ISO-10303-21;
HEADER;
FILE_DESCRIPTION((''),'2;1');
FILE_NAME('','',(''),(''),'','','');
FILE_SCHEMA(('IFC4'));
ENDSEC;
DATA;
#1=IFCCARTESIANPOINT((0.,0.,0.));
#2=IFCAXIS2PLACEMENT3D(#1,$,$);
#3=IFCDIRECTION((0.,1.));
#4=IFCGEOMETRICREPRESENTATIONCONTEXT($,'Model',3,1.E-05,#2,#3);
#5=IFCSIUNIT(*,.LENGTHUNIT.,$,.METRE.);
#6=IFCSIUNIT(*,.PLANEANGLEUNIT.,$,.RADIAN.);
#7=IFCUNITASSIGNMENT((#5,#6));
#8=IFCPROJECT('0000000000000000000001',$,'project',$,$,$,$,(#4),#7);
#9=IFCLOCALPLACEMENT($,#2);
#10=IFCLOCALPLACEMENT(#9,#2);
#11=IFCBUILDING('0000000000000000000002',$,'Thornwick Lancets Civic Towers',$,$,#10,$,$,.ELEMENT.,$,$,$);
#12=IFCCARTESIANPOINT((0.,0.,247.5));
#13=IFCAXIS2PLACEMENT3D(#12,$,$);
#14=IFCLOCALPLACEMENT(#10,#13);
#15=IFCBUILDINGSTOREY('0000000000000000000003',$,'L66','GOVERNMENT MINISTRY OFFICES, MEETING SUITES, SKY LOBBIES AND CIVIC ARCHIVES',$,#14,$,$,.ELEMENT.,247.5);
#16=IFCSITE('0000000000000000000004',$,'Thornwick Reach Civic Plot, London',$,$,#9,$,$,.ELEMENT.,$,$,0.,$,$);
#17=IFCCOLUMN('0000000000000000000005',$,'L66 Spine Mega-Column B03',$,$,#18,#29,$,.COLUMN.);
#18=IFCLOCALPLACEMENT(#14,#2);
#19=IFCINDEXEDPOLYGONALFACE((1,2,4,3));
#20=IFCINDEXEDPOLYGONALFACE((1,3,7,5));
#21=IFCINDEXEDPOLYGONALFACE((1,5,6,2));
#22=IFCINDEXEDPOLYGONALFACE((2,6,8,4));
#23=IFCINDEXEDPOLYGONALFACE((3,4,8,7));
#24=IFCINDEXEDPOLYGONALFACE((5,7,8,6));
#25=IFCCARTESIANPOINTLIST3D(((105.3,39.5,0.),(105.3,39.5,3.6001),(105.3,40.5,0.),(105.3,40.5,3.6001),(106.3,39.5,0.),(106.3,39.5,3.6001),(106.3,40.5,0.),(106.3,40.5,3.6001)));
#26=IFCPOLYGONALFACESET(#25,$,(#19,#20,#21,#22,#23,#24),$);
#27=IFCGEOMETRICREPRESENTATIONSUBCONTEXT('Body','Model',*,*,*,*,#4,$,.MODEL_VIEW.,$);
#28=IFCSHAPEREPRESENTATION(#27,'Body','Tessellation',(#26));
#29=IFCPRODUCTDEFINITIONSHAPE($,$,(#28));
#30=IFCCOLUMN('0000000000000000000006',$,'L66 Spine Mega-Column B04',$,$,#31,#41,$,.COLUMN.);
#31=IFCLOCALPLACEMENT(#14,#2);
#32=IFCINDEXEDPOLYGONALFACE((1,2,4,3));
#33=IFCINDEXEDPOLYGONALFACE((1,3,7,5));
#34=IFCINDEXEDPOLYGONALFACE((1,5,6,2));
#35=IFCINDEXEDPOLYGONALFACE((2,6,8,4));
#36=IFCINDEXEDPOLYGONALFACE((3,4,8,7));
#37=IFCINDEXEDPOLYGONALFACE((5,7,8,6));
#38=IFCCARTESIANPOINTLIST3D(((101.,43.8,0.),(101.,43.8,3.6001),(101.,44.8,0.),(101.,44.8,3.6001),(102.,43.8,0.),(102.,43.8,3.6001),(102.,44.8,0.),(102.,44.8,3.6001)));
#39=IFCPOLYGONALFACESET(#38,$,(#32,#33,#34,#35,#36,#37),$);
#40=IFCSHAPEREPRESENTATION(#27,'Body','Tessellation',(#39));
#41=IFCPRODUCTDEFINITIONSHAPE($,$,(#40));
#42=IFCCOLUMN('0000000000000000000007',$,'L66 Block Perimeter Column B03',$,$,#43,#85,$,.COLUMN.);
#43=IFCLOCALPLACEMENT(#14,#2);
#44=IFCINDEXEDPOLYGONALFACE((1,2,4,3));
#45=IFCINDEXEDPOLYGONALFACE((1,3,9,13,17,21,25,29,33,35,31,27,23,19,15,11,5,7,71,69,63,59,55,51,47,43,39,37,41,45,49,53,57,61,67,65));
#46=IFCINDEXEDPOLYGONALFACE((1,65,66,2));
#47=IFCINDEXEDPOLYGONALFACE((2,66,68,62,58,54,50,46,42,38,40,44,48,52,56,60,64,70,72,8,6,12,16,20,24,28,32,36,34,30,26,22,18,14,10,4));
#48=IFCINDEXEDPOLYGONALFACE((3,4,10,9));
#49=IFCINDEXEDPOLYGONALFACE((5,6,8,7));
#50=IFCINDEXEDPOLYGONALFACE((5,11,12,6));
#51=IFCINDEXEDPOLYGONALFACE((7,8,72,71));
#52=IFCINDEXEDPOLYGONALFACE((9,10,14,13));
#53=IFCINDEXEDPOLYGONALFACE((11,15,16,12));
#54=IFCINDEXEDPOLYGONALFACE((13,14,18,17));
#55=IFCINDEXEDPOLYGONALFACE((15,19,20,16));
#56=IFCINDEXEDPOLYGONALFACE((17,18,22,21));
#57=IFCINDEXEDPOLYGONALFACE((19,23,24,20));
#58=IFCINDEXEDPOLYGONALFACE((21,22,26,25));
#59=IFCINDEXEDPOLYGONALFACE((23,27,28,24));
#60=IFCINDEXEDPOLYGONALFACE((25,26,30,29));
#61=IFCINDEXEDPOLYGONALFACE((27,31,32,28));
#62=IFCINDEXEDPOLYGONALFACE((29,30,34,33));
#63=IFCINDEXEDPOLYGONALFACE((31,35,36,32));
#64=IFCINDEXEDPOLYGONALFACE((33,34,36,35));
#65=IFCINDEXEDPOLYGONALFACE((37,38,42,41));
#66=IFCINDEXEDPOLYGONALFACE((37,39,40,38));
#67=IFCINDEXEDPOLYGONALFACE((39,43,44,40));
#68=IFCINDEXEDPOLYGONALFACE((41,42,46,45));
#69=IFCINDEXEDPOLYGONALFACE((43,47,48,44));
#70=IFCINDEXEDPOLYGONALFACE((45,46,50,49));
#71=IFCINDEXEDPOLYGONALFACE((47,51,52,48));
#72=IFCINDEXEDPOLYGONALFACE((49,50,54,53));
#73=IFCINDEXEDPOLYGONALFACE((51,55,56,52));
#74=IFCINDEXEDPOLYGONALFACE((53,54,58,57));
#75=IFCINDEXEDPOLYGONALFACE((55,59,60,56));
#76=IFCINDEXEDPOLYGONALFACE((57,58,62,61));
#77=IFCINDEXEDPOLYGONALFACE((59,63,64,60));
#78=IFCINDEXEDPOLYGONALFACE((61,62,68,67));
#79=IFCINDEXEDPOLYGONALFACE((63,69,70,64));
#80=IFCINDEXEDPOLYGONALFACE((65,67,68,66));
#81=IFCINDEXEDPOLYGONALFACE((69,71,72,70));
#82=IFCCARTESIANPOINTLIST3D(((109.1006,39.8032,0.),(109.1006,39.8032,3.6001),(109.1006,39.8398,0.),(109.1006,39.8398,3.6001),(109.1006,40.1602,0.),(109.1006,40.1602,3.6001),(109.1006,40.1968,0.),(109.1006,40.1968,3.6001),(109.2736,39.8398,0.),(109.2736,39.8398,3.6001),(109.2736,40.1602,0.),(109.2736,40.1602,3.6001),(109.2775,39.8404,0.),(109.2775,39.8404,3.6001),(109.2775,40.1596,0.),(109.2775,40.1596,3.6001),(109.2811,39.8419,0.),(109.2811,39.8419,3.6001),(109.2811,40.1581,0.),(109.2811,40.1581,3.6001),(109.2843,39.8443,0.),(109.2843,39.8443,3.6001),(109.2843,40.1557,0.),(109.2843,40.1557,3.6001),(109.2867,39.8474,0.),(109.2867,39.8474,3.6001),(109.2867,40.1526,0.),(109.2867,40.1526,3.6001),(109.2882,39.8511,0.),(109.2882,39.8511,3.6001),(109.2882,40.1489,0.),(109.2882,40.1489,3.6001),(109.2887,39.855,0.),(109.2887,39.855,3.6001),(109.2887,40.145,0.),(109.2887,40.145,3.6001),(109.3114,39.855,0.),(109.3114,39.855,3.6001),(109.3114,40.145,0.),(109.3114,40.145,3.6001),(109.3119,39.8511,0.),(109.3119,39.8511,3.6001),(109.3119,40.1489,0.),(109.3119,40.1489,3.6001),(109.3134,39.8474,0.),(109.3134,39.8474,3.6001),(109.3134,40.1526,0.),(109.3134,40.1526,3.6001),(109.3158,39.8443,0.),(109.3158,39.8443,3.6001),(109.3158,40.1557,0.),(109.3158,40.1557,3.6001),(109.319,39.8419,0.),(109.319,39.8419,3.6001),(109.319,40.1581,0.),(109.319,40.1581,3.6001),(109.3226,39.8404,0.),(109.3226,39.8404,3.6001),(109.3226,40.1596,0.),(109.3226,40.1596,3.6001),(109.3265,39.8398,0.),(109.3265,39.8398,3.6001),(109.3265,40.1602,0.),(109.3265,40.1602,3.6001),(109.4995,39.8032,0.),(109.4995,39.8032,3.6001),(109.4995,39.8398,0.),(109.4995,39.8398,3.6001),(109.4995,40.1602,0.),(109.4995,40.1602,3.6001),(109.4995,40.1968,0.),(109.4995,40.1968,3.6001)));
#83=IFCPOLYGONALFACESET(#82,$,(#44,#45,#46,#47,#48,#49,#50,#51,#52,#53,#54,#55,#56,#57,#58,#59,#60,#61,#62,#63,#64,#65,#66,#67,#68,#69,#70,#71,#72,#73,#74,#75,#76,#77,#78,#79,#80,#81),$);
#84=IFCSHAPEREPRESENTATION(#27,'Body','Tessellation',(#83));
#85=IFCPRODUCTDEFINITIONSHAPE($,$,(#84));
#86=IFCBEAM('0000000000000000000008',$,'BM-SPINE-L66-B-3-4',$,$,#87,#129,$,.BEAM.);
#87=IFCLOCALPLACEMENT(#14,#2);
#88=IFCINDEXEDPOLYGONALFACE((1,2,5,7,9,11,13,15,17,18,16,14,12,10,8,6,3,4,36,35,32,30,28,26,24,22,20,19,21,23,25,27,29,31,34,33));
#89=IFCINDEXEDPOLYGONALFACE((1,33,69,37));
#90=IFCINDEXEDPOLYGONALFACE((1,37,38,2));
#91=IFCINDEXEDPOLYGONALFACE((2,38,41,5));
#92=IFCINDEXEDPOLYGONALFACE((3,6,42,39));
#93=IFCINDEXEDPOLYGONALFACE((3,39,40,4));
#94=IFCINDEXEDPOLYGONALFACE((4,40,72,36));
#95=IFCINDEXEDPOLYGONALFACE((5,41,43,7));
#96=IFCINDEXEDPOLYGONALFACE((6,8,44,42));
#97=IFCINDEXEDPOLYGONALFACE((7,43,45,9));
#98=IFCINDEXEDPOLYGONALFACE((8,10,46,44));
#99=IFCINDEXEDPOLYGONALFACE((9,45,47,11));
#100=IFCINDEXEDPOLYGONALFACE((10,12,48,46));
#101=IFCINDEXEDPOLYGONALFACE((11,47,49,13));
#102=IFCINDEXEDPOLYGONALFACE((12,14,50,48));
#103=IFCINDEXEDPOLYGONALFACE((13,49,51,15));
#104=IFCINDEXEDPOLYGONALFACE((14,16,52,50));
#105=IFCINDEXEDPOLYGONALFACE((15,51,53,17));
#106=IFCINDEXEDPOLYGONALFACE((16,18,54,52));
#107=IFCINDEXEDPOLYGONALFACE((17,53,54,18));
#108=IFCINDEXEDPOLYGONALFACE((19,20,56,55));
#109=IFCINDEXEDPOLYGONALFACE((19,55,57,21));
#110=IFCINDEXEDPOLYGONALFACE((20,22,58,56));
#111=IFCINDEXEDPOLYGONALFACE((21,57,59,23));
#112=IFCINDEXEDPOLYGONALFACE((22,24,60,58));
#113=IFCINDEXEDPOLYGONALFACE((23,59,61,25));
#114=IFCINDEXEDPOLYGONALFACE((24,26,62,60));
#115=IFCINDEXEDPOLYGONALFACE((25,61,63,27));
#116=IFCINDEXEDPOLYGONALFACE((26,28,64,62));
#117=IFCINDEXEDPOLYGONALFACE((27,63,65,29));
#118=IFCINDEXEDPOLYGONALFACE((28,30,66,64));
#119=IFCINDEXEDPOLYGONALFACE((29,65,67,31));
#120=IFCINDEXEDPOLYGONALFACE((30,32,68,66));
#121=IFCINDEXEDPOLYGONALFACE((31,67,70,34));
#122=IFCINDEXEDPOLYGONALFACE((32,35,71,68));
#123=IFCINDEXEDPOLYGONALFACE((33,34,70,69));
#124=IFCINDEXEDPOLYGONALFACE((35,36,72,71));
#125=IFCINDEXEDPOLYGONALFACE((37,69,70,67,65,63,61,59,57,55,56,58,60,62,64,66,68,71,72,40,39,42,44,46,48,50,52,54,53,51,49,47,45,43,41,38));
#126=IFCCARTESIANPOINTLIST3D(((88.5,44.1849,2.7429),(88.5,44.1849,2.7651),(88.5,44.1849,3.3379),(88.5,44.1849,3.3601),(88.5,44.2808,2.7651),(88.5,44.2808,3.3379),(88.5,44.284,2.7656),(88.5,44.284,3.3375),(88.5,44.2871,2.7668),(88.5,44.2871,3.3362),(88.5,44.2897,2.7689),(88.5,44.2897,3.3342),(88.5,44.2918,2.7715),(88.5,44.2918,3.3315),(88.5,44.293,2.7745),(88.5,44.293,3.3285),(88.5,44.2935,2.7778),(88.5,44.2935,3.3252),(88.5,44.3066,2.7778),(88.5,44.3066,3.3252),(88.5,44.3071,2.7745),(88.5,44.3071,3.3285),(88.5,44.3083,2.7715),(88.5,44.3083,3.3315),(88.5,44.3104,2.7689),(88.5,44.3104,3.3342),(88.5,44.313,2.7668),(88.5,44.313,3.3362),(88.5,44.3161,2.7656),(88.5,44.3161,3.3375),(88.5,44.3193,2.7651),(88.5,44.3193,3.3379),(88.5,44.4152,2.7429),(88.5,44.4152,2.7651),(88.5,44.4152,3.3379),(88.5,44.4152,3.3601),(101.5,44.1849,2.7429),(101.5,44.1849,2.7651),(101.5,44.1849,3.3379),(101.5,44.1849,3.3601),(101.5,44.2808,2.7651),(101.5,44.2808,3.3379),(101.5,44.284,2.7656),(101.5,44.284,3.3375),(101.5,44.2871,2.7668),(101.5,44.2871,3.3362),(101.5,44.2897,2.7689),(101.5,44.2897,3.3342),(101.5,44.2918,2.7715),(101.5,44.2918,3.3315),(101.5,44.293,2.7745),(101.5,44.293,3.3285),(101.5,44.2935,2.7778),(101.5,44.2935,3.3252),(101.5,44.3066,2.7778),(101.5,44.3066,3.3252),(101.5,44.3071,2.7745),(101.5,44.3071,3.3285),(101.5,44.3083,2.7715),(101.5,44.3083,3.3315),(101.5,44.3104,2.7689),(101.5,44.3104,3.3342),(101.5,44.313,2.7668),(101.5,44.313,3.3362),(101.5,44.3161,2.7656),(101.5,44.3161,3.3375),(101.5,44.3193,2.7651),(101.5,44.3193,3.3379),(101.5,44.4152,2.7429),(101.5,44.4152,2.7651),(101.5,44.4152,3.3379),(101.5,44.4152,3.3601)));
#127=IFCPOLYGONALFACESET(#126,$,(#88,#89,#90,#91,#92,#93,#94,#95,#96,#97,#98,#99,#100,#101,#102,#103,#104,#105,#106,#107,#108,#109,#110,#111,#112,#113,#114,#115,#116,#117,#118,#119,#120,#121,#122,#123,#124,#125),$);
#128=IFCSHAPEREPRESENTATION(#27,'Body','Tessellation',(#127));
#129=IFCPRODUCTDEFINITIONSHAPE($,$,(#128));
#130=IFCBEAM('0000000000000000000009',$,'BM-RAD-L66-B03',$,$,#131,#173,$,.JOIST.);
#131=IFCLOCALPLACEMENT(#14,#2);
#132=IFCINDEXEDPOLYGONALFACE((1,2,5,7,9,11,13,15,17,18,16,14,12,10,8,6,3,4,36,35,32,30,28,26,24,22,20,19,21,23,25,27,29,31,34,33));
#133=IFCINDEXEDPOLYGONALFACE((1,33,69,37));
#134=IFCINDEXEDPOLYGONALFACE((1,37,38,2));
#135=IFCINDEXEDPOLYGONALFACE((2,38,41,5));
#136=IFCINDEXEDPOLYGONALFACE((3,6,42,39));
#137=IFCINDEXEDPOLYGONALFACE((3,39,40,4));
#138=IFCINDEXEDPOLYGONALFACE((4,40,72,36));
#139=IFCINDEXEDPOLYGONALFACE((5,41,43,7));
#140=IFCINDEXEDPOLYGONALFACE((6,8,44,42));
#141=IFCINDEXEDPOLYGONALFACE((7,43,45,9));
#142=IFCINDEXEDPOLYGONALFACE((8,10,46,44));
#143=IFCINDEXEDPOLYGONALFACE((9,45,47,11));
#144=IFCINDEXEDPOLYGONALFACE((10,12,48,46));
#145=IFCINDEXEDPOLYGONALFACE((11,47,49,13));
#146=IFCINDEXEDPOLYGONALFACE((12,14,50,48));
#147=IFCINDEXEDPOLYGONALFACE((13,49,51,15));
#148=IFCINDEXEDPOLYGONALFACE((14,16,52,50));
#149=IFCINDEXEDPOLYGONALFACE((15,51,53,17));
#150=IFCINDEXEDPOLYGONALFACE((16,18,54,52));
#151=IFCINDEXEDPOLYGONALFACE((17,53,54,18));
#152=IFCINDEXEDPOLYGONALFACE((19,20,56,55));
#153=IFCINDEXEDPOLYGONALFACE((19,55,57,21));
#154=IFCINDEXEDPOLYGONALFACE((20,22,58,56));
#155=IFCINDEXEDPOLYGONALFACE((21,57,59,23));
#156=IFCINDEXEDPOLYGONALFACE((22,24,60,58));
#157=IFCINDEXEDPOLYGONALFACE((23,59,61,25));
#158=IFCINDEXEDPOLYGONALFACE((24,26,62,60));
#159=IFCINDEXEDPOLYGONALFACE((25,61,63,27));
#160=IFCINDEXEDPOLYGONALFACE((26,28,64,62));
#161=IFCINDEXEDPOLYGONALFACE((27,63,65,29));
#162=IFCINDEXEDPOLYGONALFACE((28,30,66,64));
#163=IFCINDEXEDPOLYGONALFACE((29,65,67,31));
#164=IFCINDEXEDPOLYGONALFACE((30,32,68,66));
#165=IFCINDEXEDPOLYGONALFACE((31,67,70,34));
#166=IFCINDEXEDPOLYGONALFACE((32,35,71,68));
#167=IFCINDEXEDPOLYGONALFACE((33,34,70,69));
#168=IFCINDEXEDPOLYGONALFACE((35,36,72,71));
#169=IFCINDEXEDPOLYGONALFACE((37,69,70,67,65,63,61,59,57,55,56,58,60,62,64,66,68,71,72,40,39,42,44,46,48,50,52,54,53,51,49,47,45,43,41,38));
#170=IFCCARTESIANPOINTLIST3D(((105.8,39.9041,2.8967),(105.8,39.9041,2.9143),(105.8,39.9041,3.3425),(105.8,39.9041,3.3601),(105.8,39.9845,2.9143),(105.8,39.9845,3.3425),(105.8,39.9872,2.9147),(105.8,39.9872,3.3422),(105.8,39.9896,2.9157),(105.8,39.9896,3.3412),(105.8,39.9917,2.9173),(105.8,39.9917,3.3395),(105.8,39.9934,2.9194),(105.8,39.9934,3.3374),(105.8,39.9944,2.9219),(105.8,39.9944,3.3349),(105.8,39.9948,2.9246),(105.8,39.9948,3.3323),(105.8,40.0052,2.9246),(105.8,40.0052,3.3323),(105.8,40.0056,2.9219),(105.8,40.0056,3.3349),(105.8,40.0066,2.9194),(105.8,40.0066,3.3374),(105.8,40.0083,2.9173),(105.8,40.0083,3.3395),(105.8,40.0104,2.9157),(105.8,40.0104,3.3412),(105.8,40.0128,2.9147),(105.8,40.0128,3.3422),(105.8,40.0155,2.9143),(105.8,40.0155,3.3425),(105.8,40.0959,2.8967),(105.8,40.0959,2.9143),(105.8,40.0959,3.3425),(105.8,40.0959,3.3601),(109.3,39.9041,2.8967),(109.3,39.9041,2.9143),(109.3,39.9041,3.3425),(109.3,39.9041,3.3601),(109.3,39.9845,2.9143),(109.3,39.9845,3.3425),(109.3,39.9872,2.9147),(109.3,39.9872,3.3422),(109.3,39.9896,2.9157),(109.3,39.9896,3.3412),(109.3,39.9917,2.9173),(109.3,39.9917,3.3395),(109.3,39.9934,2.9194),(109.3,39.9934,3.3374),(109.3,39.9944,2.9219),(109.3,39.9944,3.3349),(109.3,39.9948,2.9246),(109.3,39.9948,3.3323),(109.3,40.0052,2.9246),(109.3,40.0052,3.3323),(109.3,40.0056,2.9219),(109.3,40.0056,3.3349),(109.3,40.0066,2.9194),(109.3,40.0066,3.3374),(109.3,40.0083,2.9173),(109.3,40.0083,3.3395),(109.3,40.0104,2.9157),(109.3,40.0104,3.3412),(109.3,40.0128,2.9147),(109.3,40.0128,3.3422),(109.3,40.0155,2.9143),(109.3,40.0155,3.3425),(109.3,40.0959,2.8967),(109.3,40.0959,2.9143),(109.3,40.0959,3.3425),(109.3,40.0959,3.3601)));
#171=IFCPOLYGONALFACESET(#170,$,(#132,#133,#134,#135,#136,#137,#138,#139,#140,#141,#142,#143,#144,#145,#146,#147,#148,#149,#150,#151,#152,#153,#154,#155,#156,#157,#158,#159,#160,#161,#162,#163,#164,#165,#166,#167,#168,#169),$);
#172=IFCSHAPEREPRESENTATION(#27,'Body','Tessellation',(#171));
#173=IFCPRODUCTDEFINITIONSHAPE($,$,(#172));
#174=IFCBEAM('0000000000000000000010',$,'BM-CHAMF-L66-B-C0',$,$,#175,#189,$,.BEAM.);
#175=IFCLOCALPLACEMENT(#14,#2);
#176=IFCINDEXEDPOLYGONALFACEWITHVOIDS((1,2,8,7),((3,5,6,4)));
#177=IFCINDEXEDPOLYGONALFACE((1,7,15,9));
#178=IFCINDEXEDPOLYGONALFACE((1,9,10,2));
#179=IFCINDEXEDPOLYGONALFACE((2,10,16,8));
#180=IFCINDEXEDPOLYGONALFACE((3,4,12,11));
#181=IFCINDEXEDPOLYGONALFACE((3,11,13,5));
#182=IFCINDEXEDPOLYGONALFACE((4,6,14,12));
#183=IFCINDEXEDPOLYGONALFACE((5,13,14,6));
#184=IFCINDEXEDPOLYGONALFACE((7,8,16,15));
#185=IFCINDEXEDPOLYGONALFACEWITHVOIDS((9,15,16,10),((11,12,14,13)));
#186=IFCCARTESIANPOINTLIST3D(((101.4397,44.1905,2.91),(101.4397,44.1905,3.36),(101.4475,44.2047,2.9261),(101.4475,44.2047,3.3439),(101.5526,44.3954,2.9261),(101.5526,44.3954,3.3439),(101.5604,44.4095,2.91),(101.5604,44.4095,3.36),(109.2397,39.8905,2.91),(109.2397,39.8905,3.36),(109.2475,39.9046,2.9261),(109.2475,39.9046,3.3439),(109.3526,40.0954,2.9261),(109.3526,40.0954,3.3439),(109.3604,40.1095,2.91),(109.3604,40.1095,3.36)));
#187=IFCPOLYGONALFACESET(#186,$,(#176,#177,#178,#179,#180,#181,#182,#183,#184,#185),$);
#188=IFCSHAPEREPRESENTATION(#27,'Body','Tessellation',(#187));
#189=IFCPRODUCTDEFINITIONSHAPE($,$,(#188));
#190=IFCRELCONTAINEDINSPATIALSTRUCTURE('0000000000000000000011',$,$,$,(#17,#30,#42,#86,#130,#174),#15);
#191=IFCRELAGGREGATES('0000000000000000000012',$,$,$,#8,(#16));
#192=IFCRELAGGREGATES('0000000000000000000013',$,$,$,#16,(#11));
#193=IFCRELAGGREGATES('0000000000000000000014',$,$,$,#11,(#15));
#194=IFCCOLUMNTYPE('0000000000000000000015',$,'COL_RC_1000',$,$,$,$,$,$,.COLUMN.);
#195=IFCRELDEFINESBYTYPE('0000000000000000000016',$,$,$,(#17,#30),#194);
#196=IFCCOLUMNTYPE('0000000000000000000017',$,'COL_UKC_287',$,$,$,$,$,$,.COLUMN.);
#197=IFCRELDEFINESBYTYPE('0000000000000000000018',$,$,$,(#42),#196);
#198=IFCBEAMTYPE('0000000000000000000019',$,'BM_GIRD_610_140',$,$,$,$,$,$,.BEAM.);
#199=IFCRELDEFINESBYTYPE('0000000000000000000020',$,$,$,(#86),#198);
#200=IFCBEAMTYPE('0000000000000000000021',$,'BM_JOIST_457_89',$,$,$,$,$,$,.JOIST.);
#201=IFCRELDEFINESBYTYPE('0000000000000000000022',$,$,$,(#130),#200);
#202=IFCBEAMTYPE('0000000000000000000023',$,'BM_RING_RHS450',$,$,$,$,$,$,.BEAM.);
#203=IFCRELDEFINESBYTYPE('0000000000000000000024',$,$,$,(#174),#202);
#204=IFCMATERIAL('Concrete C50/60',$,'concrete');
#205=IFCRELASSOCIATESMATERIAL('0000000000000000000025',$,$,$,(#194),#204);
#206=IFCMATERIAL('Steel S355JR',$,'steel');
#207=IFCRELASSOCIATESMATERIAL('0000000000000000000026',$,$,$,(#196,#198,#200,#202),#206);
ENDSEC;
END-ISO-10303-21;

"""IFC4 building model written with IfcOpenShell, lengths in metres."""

from ifc_helpers import new_model, si_unit, direction, frame, origin, origin_2d, place, context, subcontext, project, spatial, rectangle, hollow_rectangle, i_section, extrude, material, material_profile, profile_set, type_object, element, save


model = new_model("IFC4")

# Units and contexts
model_context = context("Model", 3, precision=1e-05, world=origin(), true_north=direction((0.0, 1.0)))
body_context = subcontext(model_context, "Body", "Model", "MODEL_VIEW")
ifc_project = project(units=[si_unit("LENGTHUNIT", "METRE"), si_unit("PLANEANGLEUNIT", "RADIAN")], contexts=[model_context])

# Site, building, storey
site_placement = place(None, origin())
site = spatial("IfcSite", under=ifc_project, at=site_placement, Name="Thornwick Reach Civic Plot, London", CompositionType="ELEMENT", RefElevation=0.0)
building_placement = place(site_placement, origin())
building = spatial("IfcBuilding", under=site, at=building_placement, Name="Thornwick Lancets Civic Towers", CompositionType="ELEMENT")
storey_placement = place(building_placement, frame((0.0, 0.0, 247.5)))
storey = spatial("IfcBuildingStorey", under=building, at=storey_placement, Name="L66", Description="GOVERNMENT MINISTRY OFFICES, MEETING SUITES, SKY LOBBIES AND CIVIC ARCHIVES", CompositionType="ELEMENT", Elevation=247.5)

# Columns
ifc_material_1 = material(Name="Concrete C50/60", Category="concrete")
ifc_material_profile_1 = material_profile(ifc_material_1, rectangle(XDim=1.0, YDim=1.0, at=origin_2d()), Name="RC 1000x1000")
ifc_profile_set_1 = profile_set([ifc_material_profile_1], Name="Concrete C50/60")
column_type_1 = type_object("IfcColumnType", Name="COL_RC_1000", PredefinedType="COLUMN", material=ifc_profile_set_1)
for number, where, z_axis, x_axis, name in (
    (1, (105.8, 40.0, 0.0), (0.0, 0.0, 1.0), (1.0, 0.0, 0.0), "L66 Spine Mega-Column B03"),
    (2, (101.5, 44.3, 0.0), (0.0, 0.0, 1.0), (1.0, 0.0, 0.0), "L66 Spine Mega-Column B04"),
):
    element("IfcColumn", number, at=place(storey_placement, frame(where, z_axis=z_axis, x_axis=x_axis)), inside=storey, type_object=column_type_1, Name=name, PredefinedType="COLUMN", context=body_context, shape_type="SweptSolid", body=[
        extrude(rectangle(XDim=1.0, YDim=1.0, at=origin_2d()), origin(), (0.0, 0.0, 1.0), 3.6001),
    ])
ifc_material_2 = material(Name="Steel S355JR", Category="steel")
ifc_material_profile_2 = material_profile(ifc_material_2, i_section(OverallWidth=0.3989, OverallDepth=0.3936, WebThickness=0.0227, FlangeThickness=0.0366, FilletRadius=0.0151, at=origin_2d()), Name="UKC 356x406x287")
ifc_profile_set_2 = profile_set([ifc_material_profile_2], Name="Steel S355JR")
column_type_2 = type_object("IfcColumnType", Name="COL_UKC_287", PredefinedType="COLUMN", material=ifc_profile_set_2)
column_placement = place(storey_placement, frame((109.3, 40.0, 0.0), z_axis=(0.0, 0.0, 1.0), x_axis=(1.0, 0.0, 0.0)))
element("IfcColumn", 3, at=column_placement, inside=storey, type_object=column_type_2, Name="L66 Block Perimeter Column B03", PredefinedType="COLUMN", context=body_context, shape_type="SweptSolid", body=[
    extrude(i_section(OverallWidth=0.3989, OverallDepth=0.3936, WebThickness=0.0227, FlangeThickness=0.0366, FilletRadius=0.0151, at=origin_2d()), origin(), (0.0, 0.0, 1.0), 3.6001),
])

# Beams
ifc_material_profile_3 = material_profile(ifc_material_2, i_section(OverallWidth=0.2302, OverallDepth=0.6172, WebThickness=0.0132, FlangeThickness=0.0222, FilletRadius=0.0127, at=origin_2d()), Name="UKB 610x229x140")
ifc_profile_set_3 = profile_set([ifc_material_profile_3], Name="Steel S355JR")
beam_type_1 = type_object("IfcBeamType", Name="BM_GIRD_610_140", PredefinedType="BEAM", material=ifc_profile_set_3)
beam_1_placement = place(storey_placement, frame((101.5, 44.3, 3.0515), z_axis=(-1.0, 0.0, 0.0), x_axis=(0.0, -1.0, 0.0)))
element("IfcBeam", 4, at=beam_1_placement, inside=storey, type_object=beam_type_1, Name="BM-SPINE-L66-B-3-4", PredefinedType="BEAM", context=body_context, shape_type="SweptSolid", body=[
    extrude(i_section(OverallWidth=0.2302, OverallDepth=0.6172, WebThickness=0.0132, FlangeThickness=0.0222, FilletRadius=0.0127, at=origin_2d()), origin(), (0.0, 0.0, 1.0), 13.0),
])
ifc_material_profile_4 = material_profile(ifc_material_2, i_section(OverallWidth=0.1919, OverallDepth=0.4634, WebThickness=0.0105, FlangeThickness=0.0176, FilletRadius=0.0103, at=origin_2d()), Name="UKB 457x191x89")
ifc_profile_set_4 = profile_set([ifc_material_profile_4], Name="Steel S355JR")
beam_type_2 = type_object("IfcBeamType", Name="BM_JOIST_457_89", PredefinedType="JOIST", material=ifc_profile_set_4)
beam_2_placement = place(storey_placement, frame((105.8, 40.0, 3.1284), z_axis=(1.0, 0.0, 0.0), x_axis=(0.0, 1.0, 0.0)))
element("IfcBeam", 5, at=beam_2_placement, inside=storey, type_object=beam_type_2, Name="BM-RAD-L66-B03", PredefinedType="JOIST", context=body_context, shape_type="SweptSolid", body=[
    extrude(i_section(OverallWidth=0.1919, OverallDepth=0.4634, WebThickness=0.0105, FlangeThickness=0.0176, FilletRadius=0.0103, at=origin_2d()), origin(), (0.0, 0.0, 1.0), 3.5),
])
ifc_material_profile_5 = material_profile(ifc_material_2, hollow_rectangle(XDim=0.25, YDim=0.45, WallThickness=0.0161, at=origin_2d()), Name="RHS 450x250x16")
ifc_profile_set_5 = profile_set([ifc_material_profile_5], Name="Steel S355JR")
beam_type_3 = type_object("IfcBeamType", Name="BM_RING_RHS450", PredefinedType="BEAM", material=ifc_profile_set_5)
beam_3_placement = place(storey_placement, frame((109.3, 40.0, 3.135), z_axis=(-0.87574, 0.482782, 0.0), x_axis=(-0.482782, -0.87574, 0.0)))
element("IfcBeam", 6, at=beam_3_placement, inside=storey, type_object=beam_type_3, Name="BM-CHAMF-L66-B-C0", PredefinedType="BEAM", context=body_context, shape_type="SweptSolid", body=[
    extrude(hollow_rectangle(XDim=0.25, YDim=0.45, WallThickness=0.0161, at=origin_2d()), origin(), (0.0, 0.0, 1.0), 8.9067),
])

save(model, "model.ifc")
